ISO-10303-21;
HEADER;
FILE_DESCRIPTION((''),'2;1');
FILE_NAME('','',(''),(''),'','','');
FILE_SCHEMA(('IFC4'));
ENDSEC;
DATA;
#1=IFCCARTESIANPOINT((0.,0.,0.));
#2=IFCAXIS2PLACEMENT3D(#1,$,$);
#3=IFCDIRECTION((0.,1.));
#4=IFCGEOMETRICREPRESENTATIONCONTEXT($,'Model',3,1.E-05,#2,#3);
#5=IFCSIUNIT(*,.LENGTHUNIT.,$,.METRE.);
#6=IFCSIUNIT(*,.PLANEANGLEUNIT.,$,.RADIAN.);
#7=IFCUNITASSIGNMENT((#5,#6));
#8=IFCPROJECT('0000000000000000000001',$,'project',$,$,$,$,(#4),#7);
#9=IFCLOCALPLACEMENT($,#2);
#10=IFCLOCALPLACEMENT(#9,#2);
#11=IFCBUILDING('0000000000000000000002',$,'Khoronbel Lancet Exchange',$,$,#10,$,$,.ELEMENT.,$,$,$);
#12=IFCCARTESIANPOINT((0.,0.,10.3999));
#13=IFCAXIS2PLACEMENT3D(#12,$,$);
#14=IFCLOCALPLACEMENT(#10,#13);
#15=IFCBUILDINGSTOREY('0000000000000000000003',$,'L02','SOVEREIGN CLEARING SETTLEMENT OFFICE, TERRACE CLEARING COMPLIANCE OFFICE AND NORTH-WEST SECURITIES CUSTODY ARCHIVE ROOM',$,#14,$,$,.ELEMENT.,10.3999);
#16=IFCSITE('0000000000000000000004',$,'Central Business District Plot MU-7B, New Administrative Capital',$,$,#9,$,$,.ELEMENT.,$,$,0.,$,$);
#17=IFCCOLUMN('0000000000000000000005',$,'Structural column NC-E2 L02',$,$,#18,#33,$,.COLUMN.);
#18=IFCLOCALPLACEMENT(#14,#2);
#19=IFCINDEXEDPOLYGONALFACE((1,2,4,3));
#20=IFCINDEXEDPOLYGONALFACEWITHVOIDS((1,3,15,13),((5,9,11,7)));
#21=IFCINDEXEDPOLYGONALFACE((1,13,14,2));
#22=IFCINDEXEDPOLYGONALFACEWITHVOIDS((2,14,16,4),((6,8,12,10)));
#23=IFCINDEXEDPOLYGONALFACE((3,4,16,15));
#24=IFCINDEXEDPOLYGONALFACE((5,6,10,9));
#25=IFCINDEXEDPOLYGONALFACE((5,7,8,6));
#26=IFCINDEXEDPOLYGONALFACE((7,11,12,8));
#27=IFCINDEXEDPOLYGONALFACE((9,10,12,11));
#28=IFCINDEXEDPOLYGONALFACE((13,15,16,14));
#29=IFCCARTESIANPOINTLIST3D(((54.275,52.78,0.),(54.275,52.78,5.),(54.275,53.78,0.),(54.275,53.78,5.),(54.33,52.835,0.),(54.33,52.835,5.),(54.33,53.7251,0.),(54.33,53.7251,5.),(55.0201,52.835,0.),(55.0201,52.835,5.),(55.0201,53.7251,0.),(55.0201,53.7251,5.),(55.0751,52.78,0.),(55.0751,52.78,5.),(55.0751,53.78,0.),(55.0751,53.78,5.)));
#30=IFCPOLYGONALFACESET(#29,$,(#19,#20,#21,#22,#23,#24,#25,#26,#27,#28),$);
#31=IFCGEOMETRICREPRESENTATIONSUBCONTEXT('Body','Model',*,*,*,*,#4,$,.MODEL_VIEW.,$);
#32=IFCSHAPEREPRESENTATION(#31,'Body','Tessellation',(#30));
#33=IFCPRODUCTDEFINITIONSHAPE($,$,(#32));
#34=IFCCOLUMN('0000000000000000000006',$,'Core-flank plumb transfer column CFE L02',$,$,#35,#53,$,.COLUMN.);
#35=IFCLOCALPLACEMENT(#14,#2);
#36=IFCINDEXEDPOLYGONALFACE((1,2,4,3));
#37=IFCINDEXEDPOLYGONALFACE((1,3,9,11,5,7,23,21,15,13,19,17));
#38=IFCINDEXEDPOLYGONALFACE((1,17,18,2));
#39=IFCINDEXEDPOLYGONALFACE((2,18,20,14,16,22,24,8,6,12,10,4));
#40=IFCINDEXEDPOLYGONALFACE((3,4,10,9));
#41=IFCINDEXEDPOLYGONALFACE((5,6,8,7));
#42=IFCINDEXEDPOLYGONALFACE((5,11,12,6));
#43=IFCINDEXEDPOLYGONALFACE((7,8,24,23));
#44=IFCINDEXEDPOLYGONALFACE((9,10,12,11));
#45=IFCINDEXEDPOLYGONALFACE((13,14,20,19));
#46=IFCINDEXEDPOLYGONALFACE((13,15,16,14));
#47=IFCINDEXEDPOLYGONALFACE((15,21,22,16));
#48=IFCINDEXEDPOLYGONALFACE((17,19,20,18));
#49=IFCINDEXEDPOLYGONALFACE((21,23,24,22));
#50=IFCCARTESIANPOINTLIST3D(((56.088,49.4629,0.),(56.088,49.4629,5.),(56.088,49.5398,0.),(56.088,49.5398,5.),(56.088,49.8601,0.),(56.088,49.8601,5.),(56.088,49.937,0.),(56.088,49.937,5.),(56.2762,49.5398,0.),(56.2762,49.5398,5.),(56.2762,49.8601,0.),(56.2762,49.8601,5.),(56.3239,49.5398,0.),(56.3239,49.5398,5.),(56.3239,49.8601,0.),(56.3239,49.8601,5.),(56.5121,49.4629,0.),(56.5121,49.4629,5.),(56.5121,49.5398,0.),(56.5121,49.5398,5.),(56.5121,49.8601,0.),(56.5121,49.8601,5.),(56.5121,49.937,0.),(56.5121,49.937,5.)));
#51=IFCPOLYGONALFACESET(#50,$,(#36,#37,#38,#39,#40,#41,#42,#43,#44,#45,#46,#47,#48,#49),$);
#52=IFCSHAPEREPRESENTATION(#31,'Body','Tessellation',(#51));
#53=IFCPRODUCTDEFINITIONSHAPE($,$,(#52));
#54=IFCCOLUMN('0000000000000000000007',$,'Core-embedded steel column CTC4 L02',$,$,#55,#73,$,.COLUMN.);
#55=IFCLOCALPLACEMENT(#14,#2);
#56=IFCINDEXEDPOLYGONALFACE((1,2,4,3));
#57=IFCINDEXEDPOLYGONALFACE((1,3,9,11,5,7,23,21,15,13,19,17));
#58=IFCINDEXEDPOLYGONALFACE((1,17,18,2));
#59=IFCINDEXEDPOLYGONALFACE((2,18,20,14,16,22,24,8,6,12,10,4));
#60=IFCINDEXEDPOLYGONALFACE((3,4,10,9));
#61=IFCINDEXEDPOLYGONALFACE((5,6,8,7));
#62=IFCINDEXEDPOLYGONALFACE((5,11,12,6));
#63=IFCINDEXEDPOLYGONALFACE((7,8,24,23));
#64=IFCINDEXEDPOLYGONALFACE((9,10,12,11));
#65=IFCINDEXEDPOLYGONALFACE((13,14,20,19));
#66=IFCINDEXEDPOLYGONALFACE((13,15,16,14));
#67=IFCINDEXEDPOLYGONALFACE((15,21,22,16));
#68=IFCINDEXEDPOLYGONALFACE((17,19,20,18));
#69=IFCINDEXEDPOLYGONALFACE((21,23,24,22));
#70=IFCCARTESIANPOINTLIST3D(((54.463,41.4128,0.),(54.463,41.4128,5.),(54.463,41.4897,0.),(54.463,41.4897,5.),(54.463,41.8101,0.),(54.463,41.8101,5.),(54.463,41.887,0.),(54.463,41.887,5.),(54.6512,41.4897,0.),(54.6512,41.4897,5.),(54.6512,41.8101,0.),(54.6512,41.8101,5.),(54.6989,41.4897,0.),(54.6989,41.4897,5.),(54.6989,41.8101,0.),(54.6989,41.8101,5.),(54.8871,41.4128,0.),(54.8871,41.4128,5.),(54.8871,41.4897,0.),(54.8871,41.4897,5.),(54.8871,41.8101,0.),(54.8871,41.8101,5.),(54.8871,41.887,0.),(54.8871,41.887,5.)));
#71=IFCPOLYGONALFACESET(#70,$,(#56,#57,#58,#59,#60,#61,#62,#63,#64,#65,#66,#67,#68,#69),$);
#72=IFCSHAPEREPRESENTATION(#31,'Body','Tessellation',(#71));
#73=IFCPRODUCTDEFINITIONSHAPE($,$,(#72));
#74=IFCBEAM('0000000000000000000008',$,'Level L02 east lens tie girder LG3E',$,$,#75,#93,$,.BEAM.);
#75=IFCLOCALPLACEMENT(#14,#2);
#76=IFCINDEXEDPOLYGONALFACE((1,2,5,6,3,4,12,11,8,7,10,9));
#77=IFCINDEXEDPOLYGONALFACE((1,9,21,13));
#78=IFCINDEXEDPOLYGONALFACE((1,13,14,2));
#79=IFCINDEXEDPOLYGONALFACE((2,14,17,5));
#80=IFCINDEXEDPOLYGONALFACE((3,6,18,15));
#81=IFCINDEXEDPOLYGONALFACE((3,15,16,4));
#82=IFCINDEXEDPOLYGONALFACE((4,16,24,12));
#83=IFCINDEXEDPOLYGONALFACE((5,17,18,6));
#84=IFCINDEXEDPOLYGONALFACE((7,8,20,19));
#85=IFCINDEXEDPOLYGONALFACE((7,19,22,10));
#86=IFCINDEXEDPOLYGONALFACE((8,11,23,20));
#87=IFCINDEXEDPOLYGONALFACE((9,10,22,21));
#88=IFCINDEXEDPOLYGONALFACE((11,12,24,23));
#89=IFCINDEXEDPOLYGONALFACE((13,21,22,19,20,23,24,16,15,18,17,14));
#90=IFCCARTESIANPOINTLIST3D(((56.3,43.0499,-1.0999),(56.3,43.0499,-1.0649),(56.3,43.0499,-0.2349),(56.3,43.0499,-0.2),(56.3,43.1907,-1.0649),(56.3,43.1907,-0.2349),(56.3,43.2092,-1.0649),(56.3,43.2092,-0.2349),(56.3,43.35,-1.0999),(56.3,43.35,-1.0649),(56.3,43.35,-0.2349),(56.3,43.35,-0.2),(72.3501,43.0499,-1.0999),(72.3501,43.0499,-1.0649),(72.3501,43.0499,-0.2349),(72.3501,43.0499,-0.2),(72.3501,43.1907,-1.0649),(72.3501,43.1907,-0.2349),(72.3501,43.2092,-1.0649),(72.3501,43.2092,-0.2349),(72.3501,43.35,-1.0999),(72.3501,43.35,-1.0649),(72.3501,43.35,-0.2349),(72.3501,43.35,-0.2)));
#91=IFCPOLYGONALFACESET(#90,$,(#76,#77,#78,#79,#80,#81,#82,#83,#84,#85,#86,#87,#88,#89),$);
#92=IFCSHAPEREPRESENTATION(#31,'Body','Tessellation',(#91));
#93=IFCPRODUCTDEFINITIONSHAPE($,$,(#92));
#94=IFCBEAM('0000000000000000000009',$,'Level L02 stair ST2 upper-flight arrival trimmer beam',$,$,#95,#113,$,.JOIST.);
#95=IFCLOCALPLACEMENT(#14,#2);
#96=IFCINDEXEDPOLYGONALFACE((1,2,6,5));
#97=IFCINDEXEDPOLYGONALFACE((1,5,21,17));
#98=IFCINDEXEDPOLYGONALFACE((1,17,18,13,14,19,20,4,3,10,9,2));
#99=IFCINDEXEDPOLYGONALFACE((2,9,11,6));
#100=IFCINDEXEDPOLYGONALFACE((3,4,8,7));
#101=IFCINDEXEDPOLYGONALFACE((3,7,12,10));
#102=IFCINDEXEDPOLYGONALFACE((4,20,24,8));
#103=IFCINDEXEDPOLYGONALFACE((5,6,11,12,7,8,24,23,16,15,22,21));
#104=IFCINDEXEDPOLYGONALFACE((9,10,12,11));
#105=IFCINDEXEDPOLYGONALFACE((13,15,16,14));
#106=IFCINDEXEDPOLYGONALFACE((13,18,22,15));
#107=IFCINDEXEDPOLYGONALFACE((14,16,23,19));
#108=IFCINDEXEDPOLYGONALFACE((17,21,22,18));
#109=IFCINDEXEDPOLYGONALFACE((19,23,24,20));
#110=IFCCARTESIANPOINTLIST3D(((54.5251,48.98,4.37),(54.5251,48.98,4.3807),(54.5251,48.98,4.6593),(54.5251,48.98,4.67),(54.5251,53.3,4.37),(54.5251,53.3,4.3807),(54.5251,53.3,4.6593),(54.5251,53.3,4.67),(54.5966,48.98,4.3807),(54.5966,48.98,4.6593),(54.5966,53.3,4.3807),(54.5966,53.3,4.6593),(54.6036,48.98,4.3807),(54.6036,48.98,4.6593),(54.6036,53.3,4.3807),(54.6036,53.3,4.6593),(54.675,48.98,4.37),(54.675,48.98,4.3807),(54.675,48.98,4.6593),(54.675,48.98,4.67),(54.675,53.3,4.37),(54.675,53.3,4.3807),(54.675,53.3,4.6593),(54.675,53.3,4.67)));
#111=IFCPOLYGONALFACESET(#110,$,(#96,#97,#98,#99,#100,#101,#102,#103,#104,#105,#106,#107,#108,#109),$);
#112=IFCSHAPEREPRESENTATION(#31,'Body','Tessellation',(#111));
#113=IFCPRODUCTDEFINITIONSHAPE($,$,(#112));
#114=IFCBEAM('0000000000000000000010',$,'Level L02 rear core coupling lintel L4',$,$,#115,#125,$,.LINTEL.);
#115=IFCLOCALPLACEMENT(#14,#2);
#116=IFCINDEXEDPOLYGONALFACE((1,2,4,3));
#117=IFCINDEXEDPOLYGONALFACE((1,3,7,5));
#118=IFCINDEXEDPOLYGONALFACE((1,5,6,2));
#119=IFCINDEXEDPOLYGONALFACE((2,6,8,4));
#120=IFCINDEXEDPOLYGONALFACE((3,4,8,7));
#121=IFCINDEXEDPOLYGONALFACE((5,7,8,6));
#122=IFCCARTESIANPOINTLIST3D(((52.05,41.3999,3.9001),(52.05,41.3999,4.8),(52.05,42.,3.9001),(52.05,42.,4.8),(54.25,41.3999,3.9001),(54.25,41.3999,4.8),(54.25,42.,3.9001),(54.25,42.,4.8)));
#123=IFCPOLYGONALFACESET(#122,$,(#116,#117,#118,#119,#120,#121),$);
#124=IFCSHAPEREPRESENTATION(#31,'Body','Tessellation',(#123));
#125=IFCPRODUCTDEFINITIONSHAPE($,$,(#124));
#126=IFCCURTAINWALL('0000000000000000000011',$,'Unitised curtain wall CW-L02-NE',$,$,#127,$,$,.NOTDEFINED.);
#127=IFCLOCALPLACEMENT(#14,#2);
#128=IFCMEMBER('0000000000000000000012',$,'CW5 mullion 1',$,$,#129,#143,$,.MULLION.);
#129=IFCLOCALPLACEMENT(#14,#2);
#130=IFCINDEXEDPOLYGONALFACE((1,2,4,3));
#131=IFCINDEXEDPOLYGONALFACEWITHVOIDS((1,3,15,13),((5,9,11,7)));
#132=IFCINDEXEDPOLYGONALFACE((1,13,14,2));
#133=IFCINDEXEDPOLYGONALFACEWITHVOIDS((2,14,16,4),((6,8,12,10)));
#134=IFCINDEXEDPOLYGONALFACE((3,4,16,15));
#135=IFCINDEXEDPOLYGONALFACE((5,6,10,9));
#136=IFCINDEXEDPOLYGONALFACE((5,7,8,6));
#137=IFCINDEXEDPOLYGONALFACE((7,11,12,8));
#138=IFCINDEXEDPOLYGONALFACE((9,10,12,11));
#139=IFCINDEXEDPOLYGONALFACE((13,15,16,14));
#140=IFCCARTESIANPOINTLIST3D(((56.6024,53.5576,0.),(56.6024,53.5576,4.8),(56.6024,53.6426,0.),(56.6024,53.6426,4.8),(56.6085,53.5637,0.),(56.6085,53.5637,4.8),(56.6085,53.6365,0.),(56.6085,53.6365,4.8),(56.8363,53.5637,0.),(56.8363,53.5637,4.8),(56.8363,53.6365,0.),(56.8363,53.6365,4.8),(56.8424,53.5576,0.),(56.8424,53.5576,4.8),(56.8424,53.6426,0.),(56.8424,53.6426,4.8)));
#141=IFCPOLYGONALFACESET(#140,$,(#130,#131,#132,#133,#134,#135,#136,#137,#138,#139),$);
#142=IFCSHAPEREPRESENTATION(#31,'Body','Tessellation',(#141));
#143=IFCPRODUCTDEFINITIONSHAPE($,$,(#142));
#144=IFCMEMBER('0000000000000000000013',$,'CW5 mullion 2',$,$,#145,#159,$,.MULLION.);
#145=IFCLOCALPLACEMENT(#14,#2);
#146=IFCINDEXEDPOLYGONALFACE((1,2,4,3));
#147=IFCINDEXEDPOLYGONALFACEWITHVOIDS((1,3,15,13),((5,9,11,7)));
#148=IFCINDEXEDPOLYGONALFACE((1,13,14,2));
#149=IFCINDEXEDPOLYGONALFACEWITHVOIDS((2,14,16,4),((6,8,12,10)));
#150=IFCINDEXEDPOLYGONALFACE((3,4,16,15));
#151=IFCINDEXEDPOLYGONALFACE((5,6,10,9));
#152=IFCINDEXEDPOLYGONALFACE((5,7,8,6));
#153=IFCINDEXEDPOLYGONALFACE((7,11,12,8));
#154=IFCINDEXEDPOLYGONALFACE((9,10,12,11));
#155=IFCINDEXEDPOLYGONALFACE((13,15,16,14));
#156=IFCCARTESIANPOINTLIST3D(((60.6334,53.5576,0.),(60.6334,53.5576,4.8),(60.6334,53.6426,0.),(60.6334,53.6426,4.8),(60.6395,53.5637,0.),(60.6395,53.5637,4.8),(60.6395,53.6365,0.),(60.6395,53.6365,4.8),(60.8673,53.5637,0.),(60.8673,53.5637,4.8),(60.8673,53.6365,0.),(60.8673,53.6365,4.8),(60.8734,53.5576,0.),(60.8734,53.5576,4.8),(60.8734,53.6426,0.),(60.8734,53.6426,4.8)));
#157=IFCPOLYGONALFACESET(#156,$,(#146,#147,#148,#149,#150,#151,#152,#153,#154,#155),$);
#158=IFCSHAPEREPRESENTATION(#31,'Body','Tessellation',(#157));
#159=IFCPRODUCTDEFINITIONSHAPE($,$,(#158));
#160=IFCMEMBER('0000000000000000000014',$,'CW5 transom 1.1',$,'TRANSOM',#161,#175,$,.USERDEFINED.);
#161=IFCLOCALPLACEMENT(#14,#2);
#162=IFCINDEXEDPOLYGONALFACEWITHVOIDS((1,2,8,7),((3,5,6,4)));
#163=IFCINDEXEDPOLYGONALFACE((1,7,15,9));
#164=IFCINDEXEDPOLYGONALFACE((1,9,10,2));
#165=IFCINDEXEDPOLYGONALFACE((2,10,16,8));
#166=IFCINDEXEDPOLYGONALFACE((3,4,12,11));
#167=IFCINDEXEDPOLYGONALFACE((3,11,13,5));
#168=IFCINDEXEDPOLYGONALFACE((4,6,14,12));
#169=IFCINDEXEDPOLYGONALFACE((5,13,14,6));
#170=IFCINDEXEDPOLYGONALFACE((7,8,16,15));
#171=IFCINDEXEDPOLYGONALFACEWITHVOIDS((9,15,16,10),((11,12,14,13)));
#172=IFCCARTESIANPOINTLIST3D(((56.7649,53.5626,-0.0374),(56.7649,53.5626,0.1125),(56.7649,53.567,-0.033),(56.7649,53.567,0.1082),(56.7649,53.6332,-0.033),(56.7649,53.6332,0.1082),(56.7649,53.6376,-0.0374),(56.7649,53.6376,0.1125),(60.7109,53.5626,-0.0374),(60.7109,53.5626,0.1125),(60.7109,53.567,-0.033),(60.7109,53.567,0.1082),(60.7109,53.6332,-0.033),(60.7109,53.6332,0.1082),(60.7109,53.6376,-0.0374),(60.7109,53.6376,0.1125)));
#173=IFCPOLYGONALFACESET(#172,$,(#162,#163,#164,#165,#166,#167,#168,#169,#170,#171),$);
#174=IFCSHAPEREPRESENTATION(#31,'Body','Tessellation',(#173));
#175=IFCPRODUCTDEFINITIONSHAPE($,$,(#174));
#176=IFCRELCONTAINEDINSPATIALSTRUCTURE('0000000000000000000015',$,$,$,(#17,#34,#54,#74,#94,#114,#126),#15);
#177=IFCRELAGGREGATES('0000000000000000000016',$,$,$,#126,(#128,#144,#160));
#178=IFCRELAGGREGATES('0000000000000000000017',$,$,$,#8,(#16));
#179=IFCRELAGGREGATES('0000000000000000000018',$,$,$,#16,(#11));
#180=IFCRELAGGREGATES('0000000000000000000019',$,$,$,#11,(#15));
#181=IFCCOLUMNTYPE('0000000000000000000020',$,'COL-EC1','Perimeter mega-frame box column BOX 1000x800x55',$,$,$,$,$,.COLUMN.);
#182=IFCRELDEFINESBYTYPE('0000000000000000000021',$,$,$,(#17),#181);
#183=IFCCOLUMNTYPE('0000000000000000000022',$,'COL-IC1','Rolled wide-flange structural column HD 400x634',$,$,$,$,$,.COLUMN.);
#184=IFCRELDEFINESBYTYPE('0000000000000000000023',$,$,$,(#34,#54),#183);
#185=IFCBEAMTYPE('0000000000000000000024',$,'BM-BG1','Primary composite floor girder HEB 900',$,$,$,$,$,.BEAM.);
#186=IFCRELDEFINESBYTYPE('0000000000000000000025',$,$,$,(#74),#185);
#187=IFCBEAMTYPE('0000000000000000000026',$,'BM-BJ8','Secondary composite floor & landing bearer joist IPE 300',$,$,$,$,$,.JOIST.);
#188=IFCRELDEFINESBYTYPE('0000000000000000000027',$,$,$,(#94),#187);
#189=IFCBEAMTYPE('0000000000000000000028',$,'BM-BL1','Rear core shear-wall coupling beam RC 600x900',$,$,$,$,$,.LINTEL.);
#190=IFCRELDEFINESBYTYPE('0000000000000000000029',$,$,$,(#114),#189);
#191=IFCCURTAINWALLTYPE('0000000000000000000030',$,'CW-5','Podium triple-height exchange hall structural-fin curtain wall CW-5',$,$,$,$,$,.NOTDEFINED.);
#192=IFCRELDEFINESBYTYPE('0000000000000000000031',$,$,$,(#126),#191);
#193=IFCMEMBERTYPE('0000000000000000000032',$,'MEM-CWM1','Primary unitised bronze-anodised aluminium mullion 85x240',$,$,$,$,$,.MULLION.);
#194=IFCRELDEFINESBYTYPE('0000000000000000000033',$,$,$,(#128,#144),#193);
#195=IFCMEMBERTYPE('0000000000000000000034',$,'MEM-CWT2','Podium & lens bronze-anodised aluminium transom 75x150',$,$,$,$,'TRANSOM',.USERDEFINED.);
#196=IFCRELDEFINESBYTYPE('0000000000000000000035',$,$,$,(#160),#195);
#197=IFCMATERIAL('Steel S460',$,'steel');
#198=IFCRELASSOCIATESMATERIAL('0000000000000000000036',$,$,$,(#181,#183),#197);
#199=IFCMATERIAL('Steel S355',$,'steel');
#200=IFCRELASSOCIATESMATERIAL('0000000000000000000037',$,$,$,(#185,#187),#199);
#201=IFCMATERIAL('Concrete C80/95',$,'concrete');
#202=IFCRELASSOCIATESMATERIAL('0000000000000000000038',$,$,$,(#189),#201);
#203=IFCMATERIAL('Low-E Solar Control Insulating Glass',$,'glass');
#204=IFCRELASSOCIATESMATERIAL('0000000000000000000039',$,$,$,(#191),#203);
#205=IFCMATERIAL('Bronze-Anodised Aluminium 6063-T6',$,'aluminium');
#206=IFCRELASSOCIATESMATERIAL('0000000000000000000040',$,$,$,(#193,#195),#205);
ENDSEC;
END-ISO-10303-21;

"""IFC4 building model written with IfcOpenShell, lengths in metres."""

from ifc_helpers import new_model, si_unit, direction, frame, origin, origin_2d, place, context, subcontext, project, spatial, rectangle, hollow_rectangle, i_section, extrude, material, material_profile, profile_set, type_object, element, aggregate, save


model = new_model("IFC4")

# Units and contexts
model_context = context("Model", 3, precision=1e-05, world=origin(), true_north=direction((0.0, 1.0)))
body_context = subcontext(model_context, "Body", "Model", "MODEL_VIEW")
ifc_project = project(units=[si_unit("LENGTHUNIT", "METRE"), si_unit("PLANEANGLEUNIT", "RADIAN")], contexts=[model_context])

# Site, building, storey
site_placement = place(None, origin())
site = spatial("IfcSite", under=ifc_project, at=site_placement, Name="Central Business District Plot MU-7B, New Administrative Capital", CompositionType="ELEMENT", RefElevation=0.0)
building_placement = place(site_placement, origin())
building = spatial("IfcBuilding", under=site, at=building_placement, Name="Khoronbel Lancet Exchange", CompositionType="ELEMENT")
storey_placement = place(building_placement, frame((0.0, 0.0, 10.3999)))
storey = spatial("IfcBuildingStorey", under=building, at=storey_placement, Name="L02", Description="SOVEREIGN CLEARING SETTLEMENT OFFICE, TERRACE CLEARING COMPLIANCE OFFICE AND NORTH-WEST SECURITIES CUSTODY ARCHIVE ROOM", CompositionType="ELEMENT", Elevation=10.3999)

# Columns
ifc_material_1 = material(Name="Steel S460", Category="steel")
ifc_material_profile_1 = material_profile(ifc_material_1, hollow_rectangle(XDim=0.8, YDim=1.0, WallThickness=0.0549, at=origin_2d()), Name="BOX 1000x800x55")
ifc_profile_set_1 = profile_set([ifc_material_profile_1], Name="Steel S460")
column_type_1 = type_object("IfcColumnType", Name="COL-EC1", Description="Perimeter mega-frame box column BOX 1000x800x55", PredefinedType="COLUMN", material=ifc_profile_set_1)
column_placement = place(storey_placement, frame((54.675, 53.28, 0.0), z_axis=(0.0, 0.0, 1.0), x_axis=(1.0, 0.0, 0.0)))
element("IfcColumn", 1, at=column_placement, inside=storey, type_object=column_type_1, Name="Structural column NC-E2 L02", PredefinedType="COLUMN", context=body_context, shape_type="SweptSolid", body=[
    extrude(hollow_rectangle(XDim=0.8, YDim=1.0, WallThickness=0.0549, at=origin_2d()), origin(), (0.0, 0.0, 1.0), 5.0),
])
ifc_material_profile_2 = material_profile(ifc_material_1, i_section(OverallWidth=0.4241, OverallDepth=0.4741, WebThickness=0.0476, FlangeThickness=0.0769, at=origin_2d()), Name="HD 400x634")
ifc_profile_set_2 = profile_set([ifc_material_profile_2], Name="Steel S460")
column_type_2 = type_object("IfcColumnType", Name="COL-IC1", Description="Rolled wide-flange structural column HD 400x634", PredefinedType="COLUMN", material=ifc_profile_set_2)
for number, where, z_axis, x_axis, name in (
    (2, (56.3, 49.7, 0.0), (0.0, 0.0, 1.0), (1.0, 0.0, 0.0), "Core-flank plumb transfer column CFE L02"),
    (3, (54.675, 41.6499, 0.0), (0.0, 0.0, 1.0), (1.0, 0.0, 0.0), "Core-embedded steel column CTC4 L02"),
):
    element("IfcColumn", number, at=place(storey_placement, frame(where, z_axis=z_axis, x_axis=x_axis)), inside=storey, type_object=column_type_2, Name=name, PredefinedType="COLUMN", context=body_context, shape_type="SweptSolid", body=[
        extrude(i_section(OverallWidth=0.4241, OverallDepth=0.4741, WebThickness=0.0476, FlangeThickness=0.0769, at=origin_2d()), origin(), (0.0, 0.0, 1.0), 5.0),
    ])

# Beams
ifc_material_2 = material(Name="Steel S355", Category="steel")
ifc_material_profile_3 = material_profile(ifc_material_2, i_section(OverallWidth=0.3, OverallDepth=0.8999, WebThickness=0.0186, FlangeThickness=0.0349, at=origin_2d()), Name="HEB 900")
ifc_profile_set_3 = profile_set([ifc_material_profile_3], Name="Steel S355")
beam_type_1 = type_object("IfcBeamType", Name="BM-BG1", Description="Primary composite floor girder HEB 900", PredefinedType="BEAM", material=ifc_profile_set_3)
beam_1_placement = place(storey_placement, frame((56.3, 43.2, -0.6499), z_axis=(1.0, 0.0, 0.0), x_axis=(0.0, 1.0, 0.0)))
element("IfcBeam", 4, at=beam_1_placement, inside=storey, type_object=beam_type_1, Name="Level L02 east lens tie girder LG3E", PredefinedType="BEAM", context=body_context, shape_type="SweptSolid", body=[
    extrude(i_section(OverallWidth=0.3, OverallDepth=0.8999, WebThickness=0.0186, FlangeThickness=0.0349, at=origin_2d()), origin(), (0.0, 0.0, 1.0), 16.05),
])
ifc_material_profile_4 = material_profile(ifc_material_2, i_section(OverallWidth=0.1499, OverallDepth=0.3, WebThickness=0.0071, FlangeThickness=0.0107, at=origin_2d()), Name="IPE 300")
ifc_profile_set_4 = profile_set([ifc_material_profile_4], Name="Steel S355")
beam_type_2 = type_object("IfcBeamType", Name="BM-BJ8", Description="Secondary composite floor & landing bearer joist IPE 300", PredefinedType="JOIST", material=ifc_profile_set_4)
beam_2_placement = place(storey_placement, frame((54.6001, 48.98, 4.52), z_axis=(0.0, 1.0, 0.0), x_axis=(-1.0, 0.0, 0.0)))
element("IfcBeam", 5, at=beam_2_placement, inside=storey, type_object=beam_type_2, Name="Level L02 stair ST2 upper-flight arrival trimmer beam", PredefinedType="JOIST", context=body_context, shape_type="SweptSolid", body=[
    extrude(i_section(OverallWidth=0.1499, OverallDepth=0.3, WebThickness=0.0071, FlangeThickness=0.0107, at=origin_2d()), origin(), (0.0, 0.0, 1.0), 4.3201),
])
ifc_material_3 = material(Name="Concrete C80/95", Category="concrete")
ifc_material_profile_5 = material_profile(ifc_material_3, rectangle(XDim=0.6001, YDim=0.8999, at=origin_2d()), Name="RC 600x900")
ifc_profile_set_5 = profile_set([ifc_material_profile_5], Name="Concrete C80/95")
beam_type_3 = type_object("IfcBeamType", Name="BM-BL1", Description="Rear core shear-wall coupling beam RC 600x900", PredefinedType="LINTEL", material=ifc_profile_set_5)
beam_3_placement = place(storey_placement, frame((52.05, 41.7, 4.3501), z_axis=(1.0, 0.0, 0.0), x_axis=(0.0, 1.0, 0.0)))
element("IfcBeam", 6, at=beam_3_placement, inside=storey, type_object=beam_type_3, Name="Level L02 rear core coupling lintel L4", PredefinedType="LINTEL", context=body_context, shape_type="SweptSolid", body=[
    extrude(rectangle(XDim=0.6001, YDim=0.8999, at=origin_2d()), origin(), (0.0, 0.0, 1.0), 2.2),
])

# Curtain wall, members
ifc_material_4 = material(Name="Low-E Solar Control Insulating Glass", Category="glass")
curtain_wall_type = type_object("IfcCurtainWallType", Name="CW-5", Description="Podium triple-height exchange hall structural-fin curtain wall CW-5", PredefinedType="NOTDEFINED", material=ifc_material_4)
curtain_wall_placement = place(storey_placement, origin())
curtain_wall = element("IfcCurtainWall", 7, at=curtain_wall_placement, inside=storey, type_object=curtain_wall_type, Name="Unitised curtain wall CW-L02-NE", PredefinedType="NOTDEFINED")
ifc_material_5 = material(Name="Bronze-Anodised Aluminium 6063-T6", Category="aluminium")
ifc_material_profile_6 = material_profile(ifc_material_5, hollow_rectangle(XDim=0.085, YDim=0.24, WallThickness=0.0061, at=origin_2d()), Name="ALU MULLION 85x240")
ifc_profile_set_6 = profile_set([ifc_material_profile_6], Name="Bronze-Anodised Aluminium 6063-T6")
member_type_1 = type_object("IfcMemberType", Name="MEM-CWM1", Description="Primary unitised bronze-anodised aluminium mullion 85x240", PredefinedType="MULLION", material=ifc_profile_set_6)
member_1_placement = place(storey_placement, frame((56.7224, 53.6001, 0.0), z_axis=(0.0, 0.0, 1.0), x_axis=(0.0, 1.0, 0.0)))
member_1 = element("IfcMember", 8, at=member_1_placement, type_object=member_type_1, Name="CW5 mullion 1", PredefinedType="MULLION", context=body_context, shape_type="SweptSolid", body=[
    extrude(hollow_rectangle(XDim=0.085, YDim=0.24, WallThickness=0.0061, at=origin_2d()), origin(), (0.0, 0.0, 1.0), 4.8),
])
member_2_placement = place(storey_placement, frame((60.7534, 53.6001, 0.0), z_axis=(0.0, 0.0, 1.0), x_axis=(0.0, 1.0, 0.0)))
member_2 = element("IfcMember", 9, at=member_2_placement, type_object=member_type_1, Name="CW5 mullion 2", PredefinedType="MULLION", context=body_context, shape_type="SweptSolid", body=[
    extrude(hollow_rectangle(XDim=0.085, YDim=0.24, WallThickness=0.0061, at=origin_2d()), origin(), (0.0, 0.0, 1.0), 4.8),
])
ifc_material_profile_7 = material_profile(ifc_material_5, hollow_rectangle(XDim=0.075, YDim=0.1499, WallThickness=0.0044, at=origin_2d()), Name="ALU TRANSOM 75x150")
ifc_profile_set_7 = profile_set([ifc_material_profile_7], Name="Bronze-Anodised Aluminium 6063-T6")
member_type_2 = type_object("IfcMemberType", Name="MEM-CWT2", Description="Podium & lens bronze-anodised aluminium transom 75x150", ElementType="TRANSOM", PredefinedType="USERDEFINED", material=ifc_profile_set_7)
member_3_placement = place(storey_placement, frame((56.7649, 53.6001, 0.0376), z_axis=(1.0, 0.0, 0.0), x_axis=(0.0, 1.0, 0.0)))
member_3 = element("IfcMember", 10, at=member_3_placement, type_object=member_type_2, Name="CW5 transom 1.1", ObjectType="TRANSOM", PredefinedType="USERDEFINED", context=body_context, shape_type="SweptSolid", body=[
    extrude(hollow_rectangle(XDim=0.075, YDim=0.1499, WallThickness=0.0044, at=origin_2d()), origin(), (0.0, 0.0, 1.0), 3.946),
])
aggregate(curtain_wall, [member_1, member_2, member_3])

save(model, "model.ifc")
